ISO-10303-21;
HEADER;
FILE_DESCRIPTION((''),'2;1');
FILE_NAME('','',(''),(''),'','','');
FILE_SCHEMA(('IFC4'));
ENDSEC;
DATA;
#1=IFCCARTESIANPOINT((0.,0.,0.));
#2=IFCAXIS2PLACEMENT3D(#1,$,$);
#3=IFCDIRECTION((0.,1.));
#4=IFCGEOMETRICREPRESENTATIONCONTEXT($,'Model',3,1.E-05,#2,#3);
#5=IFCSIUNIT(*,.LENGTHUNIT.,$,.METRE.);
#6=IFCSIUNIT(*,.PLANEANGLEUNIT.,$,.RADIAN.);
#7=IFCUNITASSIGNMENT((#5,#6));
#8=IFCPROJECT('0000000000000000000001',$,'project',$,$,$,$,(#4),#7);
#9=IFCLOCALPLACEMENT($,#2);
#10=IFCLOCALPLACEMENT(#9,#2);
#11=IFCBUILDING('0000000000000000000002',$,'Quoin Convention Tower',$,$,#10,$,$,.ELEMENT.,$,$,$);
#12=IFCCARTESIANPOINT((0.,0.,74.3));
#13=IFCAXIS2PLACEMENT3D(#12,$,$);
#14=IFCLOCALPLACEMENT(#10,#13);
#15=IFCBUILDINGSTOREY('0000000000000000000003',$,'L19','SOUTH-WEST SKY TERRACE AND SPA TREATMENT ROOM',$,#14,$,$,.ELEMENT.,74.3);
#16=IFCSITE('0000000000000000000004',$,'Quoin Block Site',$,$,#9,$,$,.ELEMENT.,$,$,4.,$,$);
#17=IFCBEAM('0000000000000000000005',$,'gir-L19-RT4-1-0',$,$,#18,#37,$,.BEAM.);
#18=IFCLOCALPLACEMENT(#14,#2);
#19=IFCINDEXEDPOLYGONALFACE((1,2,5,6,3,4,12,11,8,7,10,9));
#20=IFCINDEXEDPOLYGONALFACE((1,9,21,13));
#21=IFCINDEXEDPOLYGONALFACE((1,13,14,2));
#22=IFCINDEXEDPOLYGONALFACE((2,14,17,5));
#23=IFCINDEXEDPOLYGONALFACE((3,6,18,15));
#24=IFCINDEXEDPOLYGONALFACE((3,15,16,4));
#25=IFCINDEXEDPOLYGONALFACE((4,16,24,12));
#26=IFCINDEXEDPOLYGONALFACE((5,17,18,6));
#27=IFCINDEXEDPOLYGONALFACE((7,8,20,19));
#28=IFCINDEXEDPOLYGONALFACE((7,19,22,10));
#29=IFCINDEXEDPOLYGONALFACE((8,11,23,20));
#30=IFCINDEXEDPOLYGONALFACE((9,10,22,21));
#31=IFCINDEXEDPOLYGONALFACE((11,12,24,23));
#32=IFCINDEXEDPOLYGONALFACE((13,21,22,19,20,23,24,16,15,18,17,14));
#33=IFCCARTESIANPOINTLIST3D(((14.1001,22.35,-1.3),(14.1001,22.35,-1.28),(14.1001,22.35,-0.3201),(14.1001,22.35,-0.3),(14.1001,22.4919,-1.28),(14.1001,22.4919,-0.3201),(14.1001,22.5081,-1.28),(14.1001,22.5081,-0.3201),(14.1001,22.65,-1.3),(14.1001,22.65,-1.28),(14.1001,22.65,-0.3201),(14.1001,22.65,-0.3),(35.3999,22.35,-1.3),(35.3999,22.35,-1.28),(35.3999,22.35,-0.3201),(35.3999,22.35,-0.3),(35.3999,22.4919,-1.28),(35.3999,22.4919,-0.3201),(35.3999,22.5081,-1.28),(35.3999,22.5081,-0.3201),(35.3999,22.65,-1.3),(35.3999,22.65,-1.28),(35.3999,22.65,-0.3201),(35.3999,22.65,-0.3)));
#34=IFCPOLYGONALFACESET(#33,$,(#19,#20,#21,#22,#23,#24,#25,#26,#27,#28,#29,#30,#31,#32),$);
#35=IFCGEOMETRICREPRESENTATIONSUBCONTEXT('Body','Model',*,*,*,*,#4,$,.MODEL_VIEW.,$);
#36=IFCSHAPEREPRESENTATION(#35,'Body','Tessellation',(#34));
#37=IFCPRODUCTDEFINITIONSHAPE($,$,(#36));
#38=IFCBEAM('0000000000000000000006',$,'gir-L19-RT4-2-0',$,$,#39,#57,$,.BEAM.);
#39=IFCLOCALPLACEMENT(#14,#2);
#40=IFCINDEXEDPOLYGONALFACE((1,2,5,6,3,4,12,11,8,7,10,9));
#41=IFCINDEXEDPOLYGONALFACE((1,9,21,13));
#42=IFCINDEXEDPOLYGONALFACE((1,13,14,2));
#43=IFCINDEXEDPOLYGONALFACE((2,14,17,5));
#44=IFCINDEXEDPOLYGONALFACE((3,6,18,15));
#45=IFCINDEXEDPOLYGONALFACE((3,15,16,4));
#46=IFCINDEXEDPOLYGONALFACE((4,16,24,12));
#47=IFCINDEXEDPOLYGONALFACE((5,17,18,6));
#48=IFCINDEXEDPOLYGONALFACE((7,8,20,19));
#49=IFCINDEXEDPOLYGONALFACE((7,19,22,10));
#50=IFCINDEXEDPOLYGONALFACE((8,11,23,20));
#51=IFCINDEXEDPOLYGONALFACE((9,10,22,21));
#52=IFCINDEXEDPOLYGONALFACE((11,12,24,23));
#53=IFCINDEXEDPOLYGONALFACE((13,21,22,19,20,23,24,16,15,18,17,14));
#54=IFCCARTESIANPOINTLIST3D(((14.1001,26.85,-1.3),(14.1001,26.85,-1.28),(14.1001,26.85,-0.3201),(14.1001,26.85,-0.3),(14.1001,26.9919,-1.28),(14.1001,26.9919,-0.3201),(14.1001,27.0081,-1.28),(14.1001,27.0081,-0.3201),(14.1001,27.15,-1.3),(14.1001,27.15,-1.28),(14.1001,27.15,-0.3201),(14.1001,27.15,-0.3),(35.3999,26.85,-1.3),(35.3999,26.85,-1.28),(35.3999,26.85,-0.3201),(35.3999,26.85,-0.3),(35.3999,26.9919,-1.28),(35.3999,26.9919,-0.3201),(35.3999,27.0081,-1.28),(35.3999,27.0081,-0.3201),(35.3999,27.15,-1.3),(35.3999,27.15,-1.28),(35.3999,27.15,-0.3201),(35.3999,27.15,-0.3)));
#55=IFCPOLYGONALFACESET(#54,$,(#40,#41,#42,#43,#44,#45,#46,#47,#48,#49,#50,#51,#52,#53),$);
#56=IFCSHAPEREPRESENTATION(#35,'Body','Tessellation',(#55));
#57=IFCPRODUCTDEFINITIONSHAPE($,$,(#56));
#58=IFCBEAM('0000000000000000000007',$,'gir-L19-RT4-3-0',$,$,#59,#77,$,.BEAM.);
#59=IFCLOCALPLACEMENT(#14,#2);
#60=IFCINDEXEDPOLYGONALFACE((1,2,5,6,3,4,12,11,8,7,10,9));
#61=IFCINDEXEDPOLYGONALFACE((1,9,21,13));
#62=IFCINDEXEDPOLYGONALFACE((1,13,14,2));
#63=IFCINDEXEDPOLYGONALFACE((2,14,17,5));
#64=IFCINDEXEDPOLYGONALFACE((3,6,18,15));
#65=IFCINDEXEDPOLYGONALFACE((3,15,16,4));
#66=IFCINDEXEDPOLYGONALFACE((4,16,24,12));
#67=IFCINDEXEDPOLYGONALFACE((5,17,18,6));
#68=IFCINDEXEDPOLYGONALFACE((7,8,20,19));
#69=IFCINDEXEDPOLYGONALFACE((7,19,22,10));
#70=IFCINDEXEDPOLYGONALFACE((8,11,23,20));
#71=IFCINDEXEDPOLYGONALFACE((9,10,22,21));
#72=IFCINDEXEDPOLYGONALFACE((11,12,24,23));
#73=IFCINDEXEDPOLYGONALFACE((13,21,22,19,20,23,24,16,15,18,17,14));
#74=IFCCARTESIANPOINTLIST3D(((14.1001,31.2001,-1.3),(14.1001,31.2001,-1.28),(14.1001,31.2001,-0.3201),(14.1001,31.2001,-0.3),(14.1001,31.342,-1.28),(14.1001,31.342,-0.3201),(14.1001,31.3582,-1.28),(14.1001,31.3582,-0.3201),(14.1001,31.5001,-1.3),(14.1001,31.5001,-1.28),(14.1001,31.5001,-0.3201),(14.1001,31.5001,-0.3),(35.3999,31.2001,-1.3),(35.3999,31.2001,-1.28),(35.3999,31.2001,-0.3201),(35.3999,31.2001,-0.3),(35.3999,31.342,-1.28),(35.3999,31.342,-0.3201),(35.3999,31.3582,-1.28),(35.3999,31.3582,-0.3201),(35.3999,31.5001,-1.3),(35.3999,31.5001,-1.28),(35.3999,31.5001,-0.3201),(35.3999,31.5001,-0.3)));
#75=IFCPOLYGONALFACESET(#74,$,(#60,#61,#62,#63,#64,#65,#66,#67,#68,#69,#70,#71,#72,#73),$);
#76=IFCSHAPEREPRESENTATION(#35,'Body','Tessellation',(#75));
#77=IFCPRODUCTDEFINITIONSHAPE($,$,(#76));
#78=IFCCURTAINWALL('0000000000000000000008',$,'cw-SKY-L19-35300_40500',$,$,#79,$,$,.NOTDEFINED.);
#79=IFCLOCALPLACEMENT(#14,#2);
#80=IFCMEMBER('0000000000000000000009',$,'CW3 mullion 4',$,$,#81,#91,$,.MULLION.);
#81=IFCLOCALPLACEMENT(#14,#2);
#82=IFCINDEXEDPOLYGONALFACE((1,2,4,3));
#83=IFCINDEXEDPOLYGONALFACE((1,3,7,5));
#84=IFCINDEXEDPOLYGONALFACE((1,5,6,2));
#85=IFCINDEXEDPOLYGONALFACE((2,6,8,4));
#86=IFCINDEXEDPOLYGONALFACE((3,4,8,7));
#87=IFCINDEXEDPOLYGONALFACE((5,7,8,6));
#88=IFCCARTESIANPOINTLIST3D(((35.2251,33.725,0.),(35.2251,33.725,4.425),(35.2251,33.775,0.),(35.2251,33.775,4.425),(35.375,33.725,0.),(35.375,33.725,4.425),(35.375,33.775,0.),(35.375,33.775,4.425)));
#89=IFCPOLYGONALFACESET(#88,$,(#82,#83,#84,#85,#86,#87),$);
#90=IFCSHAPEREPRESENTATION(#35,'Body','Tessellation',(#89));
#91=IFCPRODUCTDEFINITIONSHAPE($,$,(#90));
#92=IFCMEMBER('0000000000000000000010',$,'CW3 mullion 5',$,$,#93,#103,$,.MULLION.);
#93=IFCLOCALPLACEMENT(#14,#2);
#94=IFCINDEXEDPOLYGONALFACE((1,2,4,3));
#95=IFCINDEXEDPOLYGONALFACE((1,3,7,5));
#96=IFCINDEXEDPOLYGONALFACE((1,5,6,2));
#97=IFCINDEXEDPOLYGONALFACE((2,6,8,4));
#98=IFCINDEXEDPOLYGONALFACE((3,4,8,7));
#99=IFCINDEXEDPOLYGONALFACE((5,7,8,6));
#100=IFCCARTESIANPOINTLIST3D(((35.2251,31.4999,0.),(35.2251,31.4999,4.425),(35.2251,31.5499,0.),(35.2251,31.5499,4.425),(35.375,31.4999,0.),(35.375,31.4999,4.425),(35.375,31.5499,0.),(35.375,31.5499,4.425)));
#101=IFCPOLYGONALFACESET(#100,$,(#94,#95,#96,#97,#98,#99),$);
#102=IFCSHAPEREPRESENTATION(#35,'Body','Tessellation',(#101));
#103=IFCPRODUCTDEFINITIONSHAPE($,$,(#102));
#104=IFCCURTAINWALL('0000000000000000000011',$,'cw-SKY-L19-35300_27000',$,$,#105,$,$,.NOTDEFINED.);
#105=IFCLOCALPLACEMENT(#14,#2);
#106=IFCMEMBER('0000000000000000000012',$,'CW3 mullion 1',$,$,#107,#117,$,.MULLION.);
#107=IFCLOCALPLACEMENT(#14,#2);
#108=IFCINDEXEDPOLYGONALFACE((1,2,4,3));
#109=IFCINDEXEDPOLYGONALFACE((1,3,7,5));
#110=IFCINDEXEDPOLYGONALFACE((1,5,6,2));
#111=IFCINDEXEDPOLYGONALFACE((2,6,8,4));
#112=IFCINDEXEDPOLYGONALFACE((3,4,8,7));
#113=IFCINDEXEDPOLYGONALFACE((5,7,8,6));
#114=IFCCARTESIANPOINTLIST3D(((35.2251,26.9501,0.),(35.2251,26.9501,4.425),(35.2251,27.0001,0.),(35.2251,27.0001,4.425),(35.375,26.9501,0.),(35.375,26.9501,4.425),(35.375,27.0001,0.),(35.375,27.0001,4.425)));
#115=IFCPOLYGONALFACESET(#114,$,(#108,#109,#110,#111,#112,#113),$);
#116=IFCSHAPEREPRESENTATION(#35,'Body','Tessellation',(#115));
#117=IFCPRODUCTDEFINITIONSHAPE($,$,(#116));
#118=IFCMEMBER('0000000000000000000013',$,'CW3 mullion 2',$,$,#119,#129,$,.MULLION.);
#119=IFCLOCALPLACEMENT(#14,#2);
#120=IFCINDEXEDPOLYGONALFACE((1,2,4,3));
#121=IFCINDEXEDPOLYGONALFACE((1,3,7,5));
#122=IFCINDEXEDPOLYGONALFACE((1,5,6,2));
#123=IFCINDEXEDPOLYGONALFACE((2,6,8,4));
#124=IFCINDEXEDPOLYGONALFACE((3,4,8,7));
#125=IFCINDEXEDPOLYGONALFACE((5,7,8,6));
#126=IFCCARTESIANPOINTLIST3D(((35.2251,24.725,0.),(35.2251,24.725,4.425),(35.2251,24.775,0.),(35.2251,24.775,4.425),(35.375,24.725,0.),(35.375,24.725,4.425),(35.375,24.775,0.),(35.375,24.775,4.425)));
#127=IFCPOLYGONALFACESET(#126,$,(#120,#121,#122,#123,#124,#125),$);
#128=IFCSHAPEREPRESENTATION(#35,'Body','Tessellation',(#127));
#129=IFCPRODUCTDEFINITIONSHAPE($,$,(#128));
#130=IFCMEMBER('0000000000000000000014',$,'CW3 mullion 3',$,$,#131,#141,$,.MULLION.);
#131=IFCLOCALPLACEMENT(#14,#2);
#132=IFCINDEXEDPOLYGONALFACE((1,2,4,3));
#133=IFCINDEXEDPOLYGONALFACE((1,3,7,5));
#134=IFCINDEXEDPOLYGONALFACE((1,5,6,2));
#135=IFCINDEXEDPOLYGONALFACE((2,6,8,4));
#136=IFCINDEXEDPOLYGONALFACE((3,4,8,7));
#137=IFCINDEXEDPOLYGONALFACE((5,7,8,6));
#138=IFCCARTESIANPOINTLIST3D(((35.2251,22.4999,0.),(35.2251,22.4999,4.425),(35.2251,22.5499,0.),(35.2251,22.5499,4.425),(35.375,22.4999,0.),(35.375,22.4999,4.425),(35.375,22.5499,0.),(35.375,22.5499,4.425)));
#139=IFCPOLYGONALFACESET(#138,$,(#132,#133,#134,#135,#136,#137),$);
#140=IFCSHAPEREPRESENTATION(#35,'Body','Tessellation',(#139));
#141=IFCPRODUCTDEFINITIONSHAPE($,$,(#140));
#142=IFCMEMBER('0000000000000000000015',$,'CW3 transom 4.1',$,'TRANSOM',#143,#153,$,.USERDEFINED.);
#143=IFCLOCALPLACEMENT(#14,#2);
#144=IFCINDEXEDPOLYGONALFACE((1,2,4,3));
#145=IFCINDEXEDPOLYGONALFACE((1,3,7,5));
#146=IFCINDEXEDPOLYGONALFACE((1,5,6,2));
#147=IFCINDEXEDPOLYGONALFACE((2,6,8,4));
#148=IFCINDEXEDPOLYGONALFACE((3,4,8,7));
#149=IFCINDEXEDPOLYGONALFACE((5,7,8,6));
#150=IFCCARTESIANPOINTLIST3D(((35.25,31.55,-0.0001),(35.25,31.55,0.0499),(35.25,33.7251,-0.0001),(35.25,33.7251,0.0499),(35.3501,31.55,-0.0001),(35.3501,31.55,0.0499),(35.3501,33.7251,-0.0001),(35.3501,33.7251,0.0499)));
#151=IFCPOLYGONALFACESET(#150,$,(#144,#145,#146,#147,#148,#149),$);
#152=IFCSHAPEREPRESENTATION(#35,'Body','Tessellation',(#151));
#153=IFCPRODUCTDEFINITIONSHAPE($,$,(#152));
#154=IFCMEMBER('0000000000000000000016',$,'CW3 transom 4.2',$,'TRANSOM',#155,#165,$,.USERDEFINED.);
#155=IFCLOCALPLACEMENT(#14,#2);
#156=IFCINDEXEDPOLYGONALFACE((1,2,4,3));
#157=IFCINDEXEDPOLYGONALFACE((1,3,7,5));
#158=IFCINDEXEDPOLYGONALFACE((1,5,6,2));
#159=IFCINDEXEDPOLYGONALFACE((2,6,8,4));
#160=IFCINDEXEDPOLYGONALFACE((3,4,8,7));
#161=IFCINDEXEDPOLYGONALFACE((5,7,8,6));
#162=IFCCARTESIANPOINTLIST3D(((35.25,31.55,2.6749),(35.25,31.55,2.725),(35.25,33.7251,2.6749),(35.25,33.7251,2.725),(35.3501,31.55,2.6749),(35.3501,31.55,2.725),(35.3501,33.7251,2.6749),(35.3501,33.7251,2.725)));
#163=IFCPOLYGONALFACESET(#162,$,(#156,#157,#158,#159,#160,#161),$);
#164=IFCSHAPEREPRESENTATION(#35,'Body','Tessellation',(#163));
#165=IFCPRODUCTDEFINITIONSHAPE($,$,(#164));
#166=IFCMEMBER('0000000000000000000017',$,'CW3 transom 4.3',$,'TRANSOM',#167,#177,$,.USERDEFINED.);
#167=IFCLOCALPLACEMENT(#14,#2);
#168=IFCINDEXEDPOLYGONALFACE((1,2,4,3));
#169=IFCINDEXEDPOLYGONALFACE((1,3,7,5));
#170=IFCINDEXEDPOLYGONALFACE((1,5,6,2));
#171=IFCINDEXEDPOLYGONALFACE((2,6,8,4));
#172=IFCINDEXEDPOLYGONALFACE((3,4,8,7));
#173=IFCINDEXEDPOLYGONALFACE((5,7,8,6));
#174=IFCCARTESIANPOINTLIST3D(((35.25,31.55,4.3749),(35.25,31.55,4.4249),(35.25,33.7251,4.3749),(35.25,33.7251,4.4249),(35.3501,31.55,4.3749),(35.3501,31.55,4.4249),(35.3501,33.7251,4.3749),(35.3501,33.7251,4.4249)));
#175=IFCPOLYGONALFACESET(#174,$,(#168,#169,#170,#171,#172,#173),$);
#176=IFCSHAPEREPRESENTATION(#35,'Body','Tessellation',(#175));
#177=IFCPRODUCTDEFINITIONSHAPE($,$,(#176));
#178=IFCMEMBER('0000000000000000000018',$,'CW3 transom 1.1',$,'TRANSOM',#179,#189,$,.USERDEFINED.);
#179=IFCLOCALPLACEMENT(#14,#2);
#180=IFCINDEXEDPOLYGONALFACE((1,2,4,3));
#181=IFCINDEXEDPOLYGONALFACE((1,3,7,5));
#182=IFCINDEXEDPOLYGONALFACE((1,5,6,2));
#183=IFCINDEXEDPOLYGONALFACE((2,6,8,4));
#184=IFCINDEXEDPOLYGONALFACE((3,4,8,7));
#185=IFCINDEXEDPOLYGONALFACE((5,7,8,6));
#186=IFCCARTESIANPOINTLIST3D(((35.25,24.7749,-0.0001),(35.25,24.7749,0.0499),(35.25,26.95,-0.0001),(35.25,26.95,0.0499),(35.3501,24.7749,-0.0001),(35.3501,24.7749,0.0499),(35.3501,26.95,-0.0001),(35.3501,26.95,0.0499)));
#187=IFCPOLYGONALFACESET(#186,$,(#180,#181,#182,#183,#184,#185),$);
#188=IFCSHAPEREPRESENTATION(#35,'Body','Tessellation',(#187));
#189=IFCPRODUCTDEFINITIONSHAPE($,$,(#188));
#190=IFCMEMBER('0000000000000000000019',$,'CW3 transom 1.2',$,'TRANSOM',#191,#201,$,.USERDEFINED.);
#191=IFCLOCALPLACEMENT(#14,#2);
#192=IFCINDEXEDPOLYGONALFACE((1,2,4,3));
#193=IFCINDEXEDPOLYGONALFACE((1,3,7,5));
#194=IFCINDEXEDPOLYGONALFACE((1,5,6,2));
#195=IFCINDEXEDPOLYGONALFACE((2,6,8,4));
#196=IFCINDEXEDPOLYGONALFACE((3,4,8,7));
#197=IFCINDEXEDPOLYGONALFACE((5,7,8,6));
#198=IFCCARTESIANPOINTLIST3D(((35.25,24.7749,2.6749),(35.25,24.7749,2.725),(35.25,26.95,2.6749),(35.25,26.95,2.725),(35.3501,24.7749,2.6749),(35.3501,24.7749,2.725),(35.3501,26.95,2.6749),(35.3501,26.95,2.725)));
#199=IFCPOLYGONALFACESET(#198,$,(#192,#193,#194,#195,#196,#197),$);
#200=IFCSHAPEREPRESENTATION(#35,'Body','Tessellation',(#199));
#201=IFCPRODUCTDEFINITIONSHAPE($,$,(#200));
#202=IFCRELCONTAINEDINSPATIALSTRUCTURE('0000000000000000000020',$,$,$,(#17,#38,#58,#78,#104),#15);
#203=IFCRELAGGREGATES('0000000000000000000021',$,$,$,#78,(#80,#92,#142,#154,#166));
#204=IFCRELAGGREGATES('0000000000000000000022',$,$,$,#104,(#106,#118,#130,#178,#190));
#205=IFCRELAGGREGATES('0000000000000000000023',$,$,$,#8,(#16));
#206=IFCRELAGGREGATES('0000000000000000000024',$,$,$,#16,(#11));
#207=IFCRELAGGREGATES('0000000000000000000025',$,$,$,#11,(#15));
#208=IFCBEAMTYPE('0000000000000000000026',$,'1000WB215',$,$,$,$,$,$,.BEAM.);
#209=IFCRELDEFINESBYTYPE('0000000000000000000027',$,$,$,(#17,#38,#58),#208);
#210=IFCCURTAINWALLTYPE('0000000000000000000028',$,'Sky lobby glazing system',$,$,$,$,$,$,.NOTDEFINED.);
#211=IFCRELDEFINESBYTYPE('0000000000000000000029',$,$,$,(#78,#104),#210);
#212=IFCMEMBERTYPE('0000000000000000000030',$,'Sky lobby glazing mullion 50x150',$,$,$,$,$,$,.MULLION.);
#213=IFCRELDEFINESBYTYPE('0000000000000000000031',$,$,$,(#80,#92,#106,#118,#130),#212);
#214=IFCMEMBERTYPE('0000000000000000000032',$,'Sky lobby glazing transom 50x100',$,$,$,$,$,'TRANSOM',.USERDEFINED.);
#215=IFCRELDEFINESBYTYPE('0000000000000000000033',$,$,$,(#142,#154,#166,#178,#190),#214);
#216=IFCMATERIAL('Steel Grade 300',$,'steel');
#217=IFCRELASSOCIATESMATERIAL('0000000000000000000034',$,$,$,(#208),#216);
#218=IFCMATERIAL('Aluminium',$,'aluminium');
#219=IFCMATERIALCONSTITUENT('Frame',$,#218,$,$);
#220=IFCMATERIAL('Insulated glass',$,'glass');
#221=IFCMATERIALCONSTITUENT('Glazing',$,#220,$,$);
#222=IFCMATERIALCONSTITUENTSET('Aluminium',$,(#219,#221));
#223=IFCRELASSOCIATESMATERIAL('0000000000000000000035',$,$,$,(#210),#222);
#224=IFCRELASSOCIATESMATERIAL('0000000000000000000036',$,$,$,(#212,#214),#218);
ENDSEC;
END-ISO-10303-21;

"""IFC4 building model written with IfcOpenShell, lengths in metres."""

from ifc_helpers import new_model, si_unit, direction, frame, origin, origin_2d, place, context, subcontext, project, spatial, rectangle, i_section, extrude, material, constituent, constituent_set, material_profile, profile_set, type_object, element, aggregate, save


model = new_model("IFC4")

# Units and contexts
model_context = context("Model", 3, precision=1e-05, world=origin(), true_north=direction((0.0, 1.0)))
body_context = subcontext(model_context, "Body", "Model", "MODEL_VIEW")
ifc_project = project(units=[si_unit("LENGTHUNIT", "METRE"), si_unit("PLANEANGLEUNIT", "RADIAN")], contexts=[model_context])

# Site, building, storey
site_placement = place(None, origin())
site = spatial("IfcSite", under=ifc_project, at=site_placement, Name="Quoin Block Site", CompositionType="ELEMENT", RefElevation=4.0)
building_placement = place(site_placement, origin())
building = spatial("IfcBuilding", under=site, at=building_placement, Name="Quoin Convention Tower", CompositionType="ELEMENT")
storey_placement = place(building_placement, frame((0.0, 0.0, 74.3)))
storey = spatial("IfcBuildingStorey", under=building, at=storey_placement, Name="L19", Description="SOUTH-WEST SKY TERRACE AND SPA TREATMENT ROOM", CompositionType="ELEMENT", Elevation=74.3)

# Beams
ifc_material_1 = material(Name="Steel Grade 300", Category="steel")
ifc_material_profile_1 = material_profile(ifc_material_1, i_section(OverallWidth=0.3, OverallDepth=1.0, WebThickness=0.0161, FlangeThickness=0.02, at=origin_2d()), Name="1000WB215")
ifc_profile_set_1 = profile_set([ifc_material_profile_1], Name="Steel Grade 300")
beam_type = type_object("IfcBeamType", Name="1000WB215", PredefinedType="BEAM", material=ifc_profile_set_1)
for number, where, z_axis, x_axis, name in (
    (1, (14.1001, 22.5, -0.8), (1.0, 0.0, 0.0), (0.0, 1.0, 0.0), "gir-L19-RT4-1-0"),
    (2, (14.1001, 27.0, -0.8), (1.0, 0.0, 0.0), (0.0, 1.0, 0.0), "gir-L19-RT4-2-0"),
    (3, (14.1001, 31.3501, -0.8), (1.0, 0.0, 0.0), (0.0, 1.0, 0.0), "gir-L19-RT4-3-0"),
):
    element("IfcBeam", number, at=place(storey_placement, frame(where, z_axis=z_axis, x_axis=x_axis)), inside=storey, type_object=beam_type, Name=name, PredefinedType="BEAM", context=body_context, shape_type="SweptSolid", body=[
        extrude(i_section(OverallWidth=0.3, OverallDepth=1.0, WebThickness=0.0161, FlangeThickness=0.02, at=origin_2d()), origin(), (0.0, 0.0, 1.0), 21.2998),
    ])

# Curtain walls, members
ifc_material_2 = material(Name="Aluminium", Category="aluminium")
ifc_constituent_1 = constituent(ifc_material_2, Name="Frame")
ifc_material_3 = material(Name="Insulated glass", Category="glass")
ifc_constituent_2 = constituent(ifc_material_3, Name="Glazing")
ifc_constituent_set_1 = constituent_set(constituents=[ifc_constituent_1, ifc_constituent_2], Name="Aluminium")
curtain_wall_type = type_object("IfcCurtainWallType", Name="Sky lobby glazing system", PredefinedType="NOTDEFINED", material=ifc_constituent_set_1)
curtain_wall_1_placement = place(storey_placement, origin())
curtain_wall_1 = element("IfcCurtainWall", 4, at=curtain_wall_1_placement, inside=storey, type_object=curtain_wall_type, Name="cw-SKY-L19-35300_40500", PredefinedType="NOTDEFINED")
ifc_material_profile_2 = material_profile(ifc_material_2, rectangle(XDim=0.1499, YDim=0.05, at=origin_2d()), Name="Sky lobby glazing mullion 50x150")
ifc_profile_set_2 = profile_set([ifc_material_profile_2], Name="Aluminium")
member_type_1 = type_object("IfcMemberType", Name="Sky lobby glazing mullion 50x150", PredefinedType="MULLION", material=ifc_profile_set_2)
member_1_placement = place(storey_placement, frame((35.3, 33.75, 0.0), z_axis=(0.0, 0.0, 1.0), x_axis=(1.0, 0.0, 0.0)))
member_1 = element("IfcMember", 5, at=member_1_placement, type_object=member_type_1, Name="CW3 mullion 4", PredefinedType="MULLION", context=body_context, shape_type="SweptSolid", body=[
    extrude(rectangle(XDim=0.1499, YDim=0.05, at=origin_2d()), origin(), (0.0, 0.0, 1.0), 4.425),
])
member_2_placement = place(storey_placement, frame((35.3, 31.5249, 0.0), z_axis=(0.0, 0.0, 1.0), x_axis=(1.0, 0.0, 0.0)))
member_2 = element("IfcMember", 6, at=member_2_placement, type_object=member_type_1, Name="CW3 mullion 5", PredefinedType="MULLION", context=body_context, shape_type="SweptSolid", body=[
    extrude(rectangle(XDim=0.1499, YDim=0.05, at=origin_2d()), origin(), (0.0, 0.0, 1.0), 4.425),
])
curtain_wall_2_placement = place(storey_placement, origin())
curtain_wall_2 = element("IfcCurtainWall", 7, at=curtain_wall_2_placement, inside=storey, type_object=curtain_wall_type, Name="cw-SKY-L19-35300_27000", PredefinedType="NOTDEFINED")
member_3_placement = place(storey_placement, frame((35.3, 26.9751, 0.0), z_axis=(0.0, 0.0, 1.0), x_axis=(1.0, 0.0, 0.0)))
member_3 = element("IfcMember", 8, at=member_3_placement, type_object=member_type_1, Name="CW3 mullion 1", PredefinedType="MULLION", context=body_context, shape_type="SweptSolid", body=[
    extrude(rectangle(XDim=0.1499, YDim=0.05, at=origin_2d()), origin(), (0.0, 0.0, 1.0), 4.425),
])
member_4_placement = place(storey_placement, frame((35.3, 24.75, 0.0), z_axis=(0.0, 0.0, 1.0), x_axis=(1.0, 0.0, 0.0)))
member_4 = element("IfcMember", 9, at=member_4_placement, type_object=member_type_1, Name="CW3 mullion 2", PredefinedType="MULLION", context=body_context, shape_type="SweptSolid", body=[
    extrude(rectangle(XDim=0.1499, YDim=0.05, at=origin_2d()), origin(), (0.0, 0.0, 1.0), 4.425),
])
member_5_placement = place(storey_placement, frame((35.3, 22.5249, 0.0), z_axis=(0.0, 0.0, 1.0), x_axis=(1.0, 0.0, 0.0)))
member_5 = element("IfcMember", 10, at=member_5_placement, type_object=member_type_1, Name="CW3 mullion 3", PredefinedType="MULLION", context=body_context, shape_type="SweptSolid", body=[
    extrude(rectangle(XDim=0.1499, YDim=0.05, at=origin_2d()), origin(), (0.0, 0.0, 1.0), 4.425),
])

# Members
ifc_material_profile_3 = material_profile(ifc_material_2, rectangle(XDim=0.1001, YDim=0.05, at=origin_2d()), Name="Sky lobby glazing transom 50x100")
ifc_profile_set_3 = profile_set([ifc_material_profile_3], Name="Aluminium")
member_type_2 = type_object("IfcMemberType", Name="Sky lobby glazing transom 50x100", ElementType="TRANSOM", PredefinedType="USERDEFINED", material=ifc_profile_set_3)
member_6_placement = place(storey_placement, frame((35.3, 33.7251, 0.0249), z_axis=(0.0, -1.0, 0.0), x_axis=(1.0, 0.0, 0.0)))
member_6 = element("IfcMember", 11, at=member_6_placement, type_object=member_type_2, Name="CW3 transom 4.1", ObjectType="TRANSOM", PredefinedType="USERDEFINED", context=body_context, shape_type="SweptSolid", body=[
    extrude(rectangle(XDim=0.1001, YDim=0.05, at=origin_2d()), origin(), (0.0, 0.0, 1.0), 2.175),
])
member_7_placement = place(storey_placement, frame((35.3, 33.7251, 2.7), z_axis=(0.0, -1.0, 0.0), x_axis=(1.0, 0.0, 0.0)))
member_7 = element("IfcMember", 12, at=member_7_placement, type_object=member_type_2, Name="CW3 transom 4.2", ObjectType="TRANSOM", PredefinedType="USERDEFINED", context=body_context, shape_type="SweptSolid", body=[
    extrude(rectangle(XDim=0.1001, YDim=0.05, at=origin_2d()), origin(), (0.0, 0.0, 1.0), 2.175),
])
member_8_placement = place(storey_placement, frame((35.3, 33.7251, 4.3999), z_axis=(0.0, -1.0, 0.0), x_axis=(1.0, 0.0, 0.0)))
member_8 = element("IfcMember", 13, at=member_8_placement, type_object=member_type_2, Name="CW3 transom 4.3", ObjectType="TRANSOM", PredefinedType="USERDEFINED", context=body_context, shape_type="SweptSolid", body=[
    extrude(rectangle(XDim=0.1001, YDim=0.05, at=origin_2d()), origin(), (0.0, 0.0, 1.0), 2.175),
])
member_9_placement = place(storey_placement, frame((35.3, 26.95, 0.0249), z_axis=(0.0, -1.0, 0.0), x_axis=(1.0, 0.0, 0.0)))
member_9 = element("IfcMember", 14, at=member_9_placement, type_object=member_type_2, Name="CW3 transom 1.1", ObjectType="TRANSOM", PredefinedType="USERDEFINED", context=body_context, shape_type="SweptSolid", body=[
    extrude(rectangle(XDim=0.1001, YDim=0.05, at=origin_2d()), origin(), (0.0, 0.0, 1.0), 2.175),
])
member_10_placement = place(storey_placement, frame((35.3, 26.95, 2.7), z_axis=(0.0, -1.0, 0.0), x_axis=(1.0, 0.0, 0.0)))
member_10 = element("IfcMember", 15, at=member_10_placement, type_object=member_type_2, Name="CW3 transom 1.2", ObjectType="TRANSOM", PredefinedType="USERDEFINED", context=body_context, shape_type="SweptSolid", body=[
    extrude(rectangle(XDim=0.1001, YDim=0.05, at=origin_2d()), origin(), (0.0, 0.0, 1.0), 2.175),
])

aggregate(curtain_wall_1, [member_1, member_2, member_6, member_7, member_8])
aggregate(curtain_wall_2, [member_3, member_4, member_5, member_9, member_10])

save(model, "model.ifc")
